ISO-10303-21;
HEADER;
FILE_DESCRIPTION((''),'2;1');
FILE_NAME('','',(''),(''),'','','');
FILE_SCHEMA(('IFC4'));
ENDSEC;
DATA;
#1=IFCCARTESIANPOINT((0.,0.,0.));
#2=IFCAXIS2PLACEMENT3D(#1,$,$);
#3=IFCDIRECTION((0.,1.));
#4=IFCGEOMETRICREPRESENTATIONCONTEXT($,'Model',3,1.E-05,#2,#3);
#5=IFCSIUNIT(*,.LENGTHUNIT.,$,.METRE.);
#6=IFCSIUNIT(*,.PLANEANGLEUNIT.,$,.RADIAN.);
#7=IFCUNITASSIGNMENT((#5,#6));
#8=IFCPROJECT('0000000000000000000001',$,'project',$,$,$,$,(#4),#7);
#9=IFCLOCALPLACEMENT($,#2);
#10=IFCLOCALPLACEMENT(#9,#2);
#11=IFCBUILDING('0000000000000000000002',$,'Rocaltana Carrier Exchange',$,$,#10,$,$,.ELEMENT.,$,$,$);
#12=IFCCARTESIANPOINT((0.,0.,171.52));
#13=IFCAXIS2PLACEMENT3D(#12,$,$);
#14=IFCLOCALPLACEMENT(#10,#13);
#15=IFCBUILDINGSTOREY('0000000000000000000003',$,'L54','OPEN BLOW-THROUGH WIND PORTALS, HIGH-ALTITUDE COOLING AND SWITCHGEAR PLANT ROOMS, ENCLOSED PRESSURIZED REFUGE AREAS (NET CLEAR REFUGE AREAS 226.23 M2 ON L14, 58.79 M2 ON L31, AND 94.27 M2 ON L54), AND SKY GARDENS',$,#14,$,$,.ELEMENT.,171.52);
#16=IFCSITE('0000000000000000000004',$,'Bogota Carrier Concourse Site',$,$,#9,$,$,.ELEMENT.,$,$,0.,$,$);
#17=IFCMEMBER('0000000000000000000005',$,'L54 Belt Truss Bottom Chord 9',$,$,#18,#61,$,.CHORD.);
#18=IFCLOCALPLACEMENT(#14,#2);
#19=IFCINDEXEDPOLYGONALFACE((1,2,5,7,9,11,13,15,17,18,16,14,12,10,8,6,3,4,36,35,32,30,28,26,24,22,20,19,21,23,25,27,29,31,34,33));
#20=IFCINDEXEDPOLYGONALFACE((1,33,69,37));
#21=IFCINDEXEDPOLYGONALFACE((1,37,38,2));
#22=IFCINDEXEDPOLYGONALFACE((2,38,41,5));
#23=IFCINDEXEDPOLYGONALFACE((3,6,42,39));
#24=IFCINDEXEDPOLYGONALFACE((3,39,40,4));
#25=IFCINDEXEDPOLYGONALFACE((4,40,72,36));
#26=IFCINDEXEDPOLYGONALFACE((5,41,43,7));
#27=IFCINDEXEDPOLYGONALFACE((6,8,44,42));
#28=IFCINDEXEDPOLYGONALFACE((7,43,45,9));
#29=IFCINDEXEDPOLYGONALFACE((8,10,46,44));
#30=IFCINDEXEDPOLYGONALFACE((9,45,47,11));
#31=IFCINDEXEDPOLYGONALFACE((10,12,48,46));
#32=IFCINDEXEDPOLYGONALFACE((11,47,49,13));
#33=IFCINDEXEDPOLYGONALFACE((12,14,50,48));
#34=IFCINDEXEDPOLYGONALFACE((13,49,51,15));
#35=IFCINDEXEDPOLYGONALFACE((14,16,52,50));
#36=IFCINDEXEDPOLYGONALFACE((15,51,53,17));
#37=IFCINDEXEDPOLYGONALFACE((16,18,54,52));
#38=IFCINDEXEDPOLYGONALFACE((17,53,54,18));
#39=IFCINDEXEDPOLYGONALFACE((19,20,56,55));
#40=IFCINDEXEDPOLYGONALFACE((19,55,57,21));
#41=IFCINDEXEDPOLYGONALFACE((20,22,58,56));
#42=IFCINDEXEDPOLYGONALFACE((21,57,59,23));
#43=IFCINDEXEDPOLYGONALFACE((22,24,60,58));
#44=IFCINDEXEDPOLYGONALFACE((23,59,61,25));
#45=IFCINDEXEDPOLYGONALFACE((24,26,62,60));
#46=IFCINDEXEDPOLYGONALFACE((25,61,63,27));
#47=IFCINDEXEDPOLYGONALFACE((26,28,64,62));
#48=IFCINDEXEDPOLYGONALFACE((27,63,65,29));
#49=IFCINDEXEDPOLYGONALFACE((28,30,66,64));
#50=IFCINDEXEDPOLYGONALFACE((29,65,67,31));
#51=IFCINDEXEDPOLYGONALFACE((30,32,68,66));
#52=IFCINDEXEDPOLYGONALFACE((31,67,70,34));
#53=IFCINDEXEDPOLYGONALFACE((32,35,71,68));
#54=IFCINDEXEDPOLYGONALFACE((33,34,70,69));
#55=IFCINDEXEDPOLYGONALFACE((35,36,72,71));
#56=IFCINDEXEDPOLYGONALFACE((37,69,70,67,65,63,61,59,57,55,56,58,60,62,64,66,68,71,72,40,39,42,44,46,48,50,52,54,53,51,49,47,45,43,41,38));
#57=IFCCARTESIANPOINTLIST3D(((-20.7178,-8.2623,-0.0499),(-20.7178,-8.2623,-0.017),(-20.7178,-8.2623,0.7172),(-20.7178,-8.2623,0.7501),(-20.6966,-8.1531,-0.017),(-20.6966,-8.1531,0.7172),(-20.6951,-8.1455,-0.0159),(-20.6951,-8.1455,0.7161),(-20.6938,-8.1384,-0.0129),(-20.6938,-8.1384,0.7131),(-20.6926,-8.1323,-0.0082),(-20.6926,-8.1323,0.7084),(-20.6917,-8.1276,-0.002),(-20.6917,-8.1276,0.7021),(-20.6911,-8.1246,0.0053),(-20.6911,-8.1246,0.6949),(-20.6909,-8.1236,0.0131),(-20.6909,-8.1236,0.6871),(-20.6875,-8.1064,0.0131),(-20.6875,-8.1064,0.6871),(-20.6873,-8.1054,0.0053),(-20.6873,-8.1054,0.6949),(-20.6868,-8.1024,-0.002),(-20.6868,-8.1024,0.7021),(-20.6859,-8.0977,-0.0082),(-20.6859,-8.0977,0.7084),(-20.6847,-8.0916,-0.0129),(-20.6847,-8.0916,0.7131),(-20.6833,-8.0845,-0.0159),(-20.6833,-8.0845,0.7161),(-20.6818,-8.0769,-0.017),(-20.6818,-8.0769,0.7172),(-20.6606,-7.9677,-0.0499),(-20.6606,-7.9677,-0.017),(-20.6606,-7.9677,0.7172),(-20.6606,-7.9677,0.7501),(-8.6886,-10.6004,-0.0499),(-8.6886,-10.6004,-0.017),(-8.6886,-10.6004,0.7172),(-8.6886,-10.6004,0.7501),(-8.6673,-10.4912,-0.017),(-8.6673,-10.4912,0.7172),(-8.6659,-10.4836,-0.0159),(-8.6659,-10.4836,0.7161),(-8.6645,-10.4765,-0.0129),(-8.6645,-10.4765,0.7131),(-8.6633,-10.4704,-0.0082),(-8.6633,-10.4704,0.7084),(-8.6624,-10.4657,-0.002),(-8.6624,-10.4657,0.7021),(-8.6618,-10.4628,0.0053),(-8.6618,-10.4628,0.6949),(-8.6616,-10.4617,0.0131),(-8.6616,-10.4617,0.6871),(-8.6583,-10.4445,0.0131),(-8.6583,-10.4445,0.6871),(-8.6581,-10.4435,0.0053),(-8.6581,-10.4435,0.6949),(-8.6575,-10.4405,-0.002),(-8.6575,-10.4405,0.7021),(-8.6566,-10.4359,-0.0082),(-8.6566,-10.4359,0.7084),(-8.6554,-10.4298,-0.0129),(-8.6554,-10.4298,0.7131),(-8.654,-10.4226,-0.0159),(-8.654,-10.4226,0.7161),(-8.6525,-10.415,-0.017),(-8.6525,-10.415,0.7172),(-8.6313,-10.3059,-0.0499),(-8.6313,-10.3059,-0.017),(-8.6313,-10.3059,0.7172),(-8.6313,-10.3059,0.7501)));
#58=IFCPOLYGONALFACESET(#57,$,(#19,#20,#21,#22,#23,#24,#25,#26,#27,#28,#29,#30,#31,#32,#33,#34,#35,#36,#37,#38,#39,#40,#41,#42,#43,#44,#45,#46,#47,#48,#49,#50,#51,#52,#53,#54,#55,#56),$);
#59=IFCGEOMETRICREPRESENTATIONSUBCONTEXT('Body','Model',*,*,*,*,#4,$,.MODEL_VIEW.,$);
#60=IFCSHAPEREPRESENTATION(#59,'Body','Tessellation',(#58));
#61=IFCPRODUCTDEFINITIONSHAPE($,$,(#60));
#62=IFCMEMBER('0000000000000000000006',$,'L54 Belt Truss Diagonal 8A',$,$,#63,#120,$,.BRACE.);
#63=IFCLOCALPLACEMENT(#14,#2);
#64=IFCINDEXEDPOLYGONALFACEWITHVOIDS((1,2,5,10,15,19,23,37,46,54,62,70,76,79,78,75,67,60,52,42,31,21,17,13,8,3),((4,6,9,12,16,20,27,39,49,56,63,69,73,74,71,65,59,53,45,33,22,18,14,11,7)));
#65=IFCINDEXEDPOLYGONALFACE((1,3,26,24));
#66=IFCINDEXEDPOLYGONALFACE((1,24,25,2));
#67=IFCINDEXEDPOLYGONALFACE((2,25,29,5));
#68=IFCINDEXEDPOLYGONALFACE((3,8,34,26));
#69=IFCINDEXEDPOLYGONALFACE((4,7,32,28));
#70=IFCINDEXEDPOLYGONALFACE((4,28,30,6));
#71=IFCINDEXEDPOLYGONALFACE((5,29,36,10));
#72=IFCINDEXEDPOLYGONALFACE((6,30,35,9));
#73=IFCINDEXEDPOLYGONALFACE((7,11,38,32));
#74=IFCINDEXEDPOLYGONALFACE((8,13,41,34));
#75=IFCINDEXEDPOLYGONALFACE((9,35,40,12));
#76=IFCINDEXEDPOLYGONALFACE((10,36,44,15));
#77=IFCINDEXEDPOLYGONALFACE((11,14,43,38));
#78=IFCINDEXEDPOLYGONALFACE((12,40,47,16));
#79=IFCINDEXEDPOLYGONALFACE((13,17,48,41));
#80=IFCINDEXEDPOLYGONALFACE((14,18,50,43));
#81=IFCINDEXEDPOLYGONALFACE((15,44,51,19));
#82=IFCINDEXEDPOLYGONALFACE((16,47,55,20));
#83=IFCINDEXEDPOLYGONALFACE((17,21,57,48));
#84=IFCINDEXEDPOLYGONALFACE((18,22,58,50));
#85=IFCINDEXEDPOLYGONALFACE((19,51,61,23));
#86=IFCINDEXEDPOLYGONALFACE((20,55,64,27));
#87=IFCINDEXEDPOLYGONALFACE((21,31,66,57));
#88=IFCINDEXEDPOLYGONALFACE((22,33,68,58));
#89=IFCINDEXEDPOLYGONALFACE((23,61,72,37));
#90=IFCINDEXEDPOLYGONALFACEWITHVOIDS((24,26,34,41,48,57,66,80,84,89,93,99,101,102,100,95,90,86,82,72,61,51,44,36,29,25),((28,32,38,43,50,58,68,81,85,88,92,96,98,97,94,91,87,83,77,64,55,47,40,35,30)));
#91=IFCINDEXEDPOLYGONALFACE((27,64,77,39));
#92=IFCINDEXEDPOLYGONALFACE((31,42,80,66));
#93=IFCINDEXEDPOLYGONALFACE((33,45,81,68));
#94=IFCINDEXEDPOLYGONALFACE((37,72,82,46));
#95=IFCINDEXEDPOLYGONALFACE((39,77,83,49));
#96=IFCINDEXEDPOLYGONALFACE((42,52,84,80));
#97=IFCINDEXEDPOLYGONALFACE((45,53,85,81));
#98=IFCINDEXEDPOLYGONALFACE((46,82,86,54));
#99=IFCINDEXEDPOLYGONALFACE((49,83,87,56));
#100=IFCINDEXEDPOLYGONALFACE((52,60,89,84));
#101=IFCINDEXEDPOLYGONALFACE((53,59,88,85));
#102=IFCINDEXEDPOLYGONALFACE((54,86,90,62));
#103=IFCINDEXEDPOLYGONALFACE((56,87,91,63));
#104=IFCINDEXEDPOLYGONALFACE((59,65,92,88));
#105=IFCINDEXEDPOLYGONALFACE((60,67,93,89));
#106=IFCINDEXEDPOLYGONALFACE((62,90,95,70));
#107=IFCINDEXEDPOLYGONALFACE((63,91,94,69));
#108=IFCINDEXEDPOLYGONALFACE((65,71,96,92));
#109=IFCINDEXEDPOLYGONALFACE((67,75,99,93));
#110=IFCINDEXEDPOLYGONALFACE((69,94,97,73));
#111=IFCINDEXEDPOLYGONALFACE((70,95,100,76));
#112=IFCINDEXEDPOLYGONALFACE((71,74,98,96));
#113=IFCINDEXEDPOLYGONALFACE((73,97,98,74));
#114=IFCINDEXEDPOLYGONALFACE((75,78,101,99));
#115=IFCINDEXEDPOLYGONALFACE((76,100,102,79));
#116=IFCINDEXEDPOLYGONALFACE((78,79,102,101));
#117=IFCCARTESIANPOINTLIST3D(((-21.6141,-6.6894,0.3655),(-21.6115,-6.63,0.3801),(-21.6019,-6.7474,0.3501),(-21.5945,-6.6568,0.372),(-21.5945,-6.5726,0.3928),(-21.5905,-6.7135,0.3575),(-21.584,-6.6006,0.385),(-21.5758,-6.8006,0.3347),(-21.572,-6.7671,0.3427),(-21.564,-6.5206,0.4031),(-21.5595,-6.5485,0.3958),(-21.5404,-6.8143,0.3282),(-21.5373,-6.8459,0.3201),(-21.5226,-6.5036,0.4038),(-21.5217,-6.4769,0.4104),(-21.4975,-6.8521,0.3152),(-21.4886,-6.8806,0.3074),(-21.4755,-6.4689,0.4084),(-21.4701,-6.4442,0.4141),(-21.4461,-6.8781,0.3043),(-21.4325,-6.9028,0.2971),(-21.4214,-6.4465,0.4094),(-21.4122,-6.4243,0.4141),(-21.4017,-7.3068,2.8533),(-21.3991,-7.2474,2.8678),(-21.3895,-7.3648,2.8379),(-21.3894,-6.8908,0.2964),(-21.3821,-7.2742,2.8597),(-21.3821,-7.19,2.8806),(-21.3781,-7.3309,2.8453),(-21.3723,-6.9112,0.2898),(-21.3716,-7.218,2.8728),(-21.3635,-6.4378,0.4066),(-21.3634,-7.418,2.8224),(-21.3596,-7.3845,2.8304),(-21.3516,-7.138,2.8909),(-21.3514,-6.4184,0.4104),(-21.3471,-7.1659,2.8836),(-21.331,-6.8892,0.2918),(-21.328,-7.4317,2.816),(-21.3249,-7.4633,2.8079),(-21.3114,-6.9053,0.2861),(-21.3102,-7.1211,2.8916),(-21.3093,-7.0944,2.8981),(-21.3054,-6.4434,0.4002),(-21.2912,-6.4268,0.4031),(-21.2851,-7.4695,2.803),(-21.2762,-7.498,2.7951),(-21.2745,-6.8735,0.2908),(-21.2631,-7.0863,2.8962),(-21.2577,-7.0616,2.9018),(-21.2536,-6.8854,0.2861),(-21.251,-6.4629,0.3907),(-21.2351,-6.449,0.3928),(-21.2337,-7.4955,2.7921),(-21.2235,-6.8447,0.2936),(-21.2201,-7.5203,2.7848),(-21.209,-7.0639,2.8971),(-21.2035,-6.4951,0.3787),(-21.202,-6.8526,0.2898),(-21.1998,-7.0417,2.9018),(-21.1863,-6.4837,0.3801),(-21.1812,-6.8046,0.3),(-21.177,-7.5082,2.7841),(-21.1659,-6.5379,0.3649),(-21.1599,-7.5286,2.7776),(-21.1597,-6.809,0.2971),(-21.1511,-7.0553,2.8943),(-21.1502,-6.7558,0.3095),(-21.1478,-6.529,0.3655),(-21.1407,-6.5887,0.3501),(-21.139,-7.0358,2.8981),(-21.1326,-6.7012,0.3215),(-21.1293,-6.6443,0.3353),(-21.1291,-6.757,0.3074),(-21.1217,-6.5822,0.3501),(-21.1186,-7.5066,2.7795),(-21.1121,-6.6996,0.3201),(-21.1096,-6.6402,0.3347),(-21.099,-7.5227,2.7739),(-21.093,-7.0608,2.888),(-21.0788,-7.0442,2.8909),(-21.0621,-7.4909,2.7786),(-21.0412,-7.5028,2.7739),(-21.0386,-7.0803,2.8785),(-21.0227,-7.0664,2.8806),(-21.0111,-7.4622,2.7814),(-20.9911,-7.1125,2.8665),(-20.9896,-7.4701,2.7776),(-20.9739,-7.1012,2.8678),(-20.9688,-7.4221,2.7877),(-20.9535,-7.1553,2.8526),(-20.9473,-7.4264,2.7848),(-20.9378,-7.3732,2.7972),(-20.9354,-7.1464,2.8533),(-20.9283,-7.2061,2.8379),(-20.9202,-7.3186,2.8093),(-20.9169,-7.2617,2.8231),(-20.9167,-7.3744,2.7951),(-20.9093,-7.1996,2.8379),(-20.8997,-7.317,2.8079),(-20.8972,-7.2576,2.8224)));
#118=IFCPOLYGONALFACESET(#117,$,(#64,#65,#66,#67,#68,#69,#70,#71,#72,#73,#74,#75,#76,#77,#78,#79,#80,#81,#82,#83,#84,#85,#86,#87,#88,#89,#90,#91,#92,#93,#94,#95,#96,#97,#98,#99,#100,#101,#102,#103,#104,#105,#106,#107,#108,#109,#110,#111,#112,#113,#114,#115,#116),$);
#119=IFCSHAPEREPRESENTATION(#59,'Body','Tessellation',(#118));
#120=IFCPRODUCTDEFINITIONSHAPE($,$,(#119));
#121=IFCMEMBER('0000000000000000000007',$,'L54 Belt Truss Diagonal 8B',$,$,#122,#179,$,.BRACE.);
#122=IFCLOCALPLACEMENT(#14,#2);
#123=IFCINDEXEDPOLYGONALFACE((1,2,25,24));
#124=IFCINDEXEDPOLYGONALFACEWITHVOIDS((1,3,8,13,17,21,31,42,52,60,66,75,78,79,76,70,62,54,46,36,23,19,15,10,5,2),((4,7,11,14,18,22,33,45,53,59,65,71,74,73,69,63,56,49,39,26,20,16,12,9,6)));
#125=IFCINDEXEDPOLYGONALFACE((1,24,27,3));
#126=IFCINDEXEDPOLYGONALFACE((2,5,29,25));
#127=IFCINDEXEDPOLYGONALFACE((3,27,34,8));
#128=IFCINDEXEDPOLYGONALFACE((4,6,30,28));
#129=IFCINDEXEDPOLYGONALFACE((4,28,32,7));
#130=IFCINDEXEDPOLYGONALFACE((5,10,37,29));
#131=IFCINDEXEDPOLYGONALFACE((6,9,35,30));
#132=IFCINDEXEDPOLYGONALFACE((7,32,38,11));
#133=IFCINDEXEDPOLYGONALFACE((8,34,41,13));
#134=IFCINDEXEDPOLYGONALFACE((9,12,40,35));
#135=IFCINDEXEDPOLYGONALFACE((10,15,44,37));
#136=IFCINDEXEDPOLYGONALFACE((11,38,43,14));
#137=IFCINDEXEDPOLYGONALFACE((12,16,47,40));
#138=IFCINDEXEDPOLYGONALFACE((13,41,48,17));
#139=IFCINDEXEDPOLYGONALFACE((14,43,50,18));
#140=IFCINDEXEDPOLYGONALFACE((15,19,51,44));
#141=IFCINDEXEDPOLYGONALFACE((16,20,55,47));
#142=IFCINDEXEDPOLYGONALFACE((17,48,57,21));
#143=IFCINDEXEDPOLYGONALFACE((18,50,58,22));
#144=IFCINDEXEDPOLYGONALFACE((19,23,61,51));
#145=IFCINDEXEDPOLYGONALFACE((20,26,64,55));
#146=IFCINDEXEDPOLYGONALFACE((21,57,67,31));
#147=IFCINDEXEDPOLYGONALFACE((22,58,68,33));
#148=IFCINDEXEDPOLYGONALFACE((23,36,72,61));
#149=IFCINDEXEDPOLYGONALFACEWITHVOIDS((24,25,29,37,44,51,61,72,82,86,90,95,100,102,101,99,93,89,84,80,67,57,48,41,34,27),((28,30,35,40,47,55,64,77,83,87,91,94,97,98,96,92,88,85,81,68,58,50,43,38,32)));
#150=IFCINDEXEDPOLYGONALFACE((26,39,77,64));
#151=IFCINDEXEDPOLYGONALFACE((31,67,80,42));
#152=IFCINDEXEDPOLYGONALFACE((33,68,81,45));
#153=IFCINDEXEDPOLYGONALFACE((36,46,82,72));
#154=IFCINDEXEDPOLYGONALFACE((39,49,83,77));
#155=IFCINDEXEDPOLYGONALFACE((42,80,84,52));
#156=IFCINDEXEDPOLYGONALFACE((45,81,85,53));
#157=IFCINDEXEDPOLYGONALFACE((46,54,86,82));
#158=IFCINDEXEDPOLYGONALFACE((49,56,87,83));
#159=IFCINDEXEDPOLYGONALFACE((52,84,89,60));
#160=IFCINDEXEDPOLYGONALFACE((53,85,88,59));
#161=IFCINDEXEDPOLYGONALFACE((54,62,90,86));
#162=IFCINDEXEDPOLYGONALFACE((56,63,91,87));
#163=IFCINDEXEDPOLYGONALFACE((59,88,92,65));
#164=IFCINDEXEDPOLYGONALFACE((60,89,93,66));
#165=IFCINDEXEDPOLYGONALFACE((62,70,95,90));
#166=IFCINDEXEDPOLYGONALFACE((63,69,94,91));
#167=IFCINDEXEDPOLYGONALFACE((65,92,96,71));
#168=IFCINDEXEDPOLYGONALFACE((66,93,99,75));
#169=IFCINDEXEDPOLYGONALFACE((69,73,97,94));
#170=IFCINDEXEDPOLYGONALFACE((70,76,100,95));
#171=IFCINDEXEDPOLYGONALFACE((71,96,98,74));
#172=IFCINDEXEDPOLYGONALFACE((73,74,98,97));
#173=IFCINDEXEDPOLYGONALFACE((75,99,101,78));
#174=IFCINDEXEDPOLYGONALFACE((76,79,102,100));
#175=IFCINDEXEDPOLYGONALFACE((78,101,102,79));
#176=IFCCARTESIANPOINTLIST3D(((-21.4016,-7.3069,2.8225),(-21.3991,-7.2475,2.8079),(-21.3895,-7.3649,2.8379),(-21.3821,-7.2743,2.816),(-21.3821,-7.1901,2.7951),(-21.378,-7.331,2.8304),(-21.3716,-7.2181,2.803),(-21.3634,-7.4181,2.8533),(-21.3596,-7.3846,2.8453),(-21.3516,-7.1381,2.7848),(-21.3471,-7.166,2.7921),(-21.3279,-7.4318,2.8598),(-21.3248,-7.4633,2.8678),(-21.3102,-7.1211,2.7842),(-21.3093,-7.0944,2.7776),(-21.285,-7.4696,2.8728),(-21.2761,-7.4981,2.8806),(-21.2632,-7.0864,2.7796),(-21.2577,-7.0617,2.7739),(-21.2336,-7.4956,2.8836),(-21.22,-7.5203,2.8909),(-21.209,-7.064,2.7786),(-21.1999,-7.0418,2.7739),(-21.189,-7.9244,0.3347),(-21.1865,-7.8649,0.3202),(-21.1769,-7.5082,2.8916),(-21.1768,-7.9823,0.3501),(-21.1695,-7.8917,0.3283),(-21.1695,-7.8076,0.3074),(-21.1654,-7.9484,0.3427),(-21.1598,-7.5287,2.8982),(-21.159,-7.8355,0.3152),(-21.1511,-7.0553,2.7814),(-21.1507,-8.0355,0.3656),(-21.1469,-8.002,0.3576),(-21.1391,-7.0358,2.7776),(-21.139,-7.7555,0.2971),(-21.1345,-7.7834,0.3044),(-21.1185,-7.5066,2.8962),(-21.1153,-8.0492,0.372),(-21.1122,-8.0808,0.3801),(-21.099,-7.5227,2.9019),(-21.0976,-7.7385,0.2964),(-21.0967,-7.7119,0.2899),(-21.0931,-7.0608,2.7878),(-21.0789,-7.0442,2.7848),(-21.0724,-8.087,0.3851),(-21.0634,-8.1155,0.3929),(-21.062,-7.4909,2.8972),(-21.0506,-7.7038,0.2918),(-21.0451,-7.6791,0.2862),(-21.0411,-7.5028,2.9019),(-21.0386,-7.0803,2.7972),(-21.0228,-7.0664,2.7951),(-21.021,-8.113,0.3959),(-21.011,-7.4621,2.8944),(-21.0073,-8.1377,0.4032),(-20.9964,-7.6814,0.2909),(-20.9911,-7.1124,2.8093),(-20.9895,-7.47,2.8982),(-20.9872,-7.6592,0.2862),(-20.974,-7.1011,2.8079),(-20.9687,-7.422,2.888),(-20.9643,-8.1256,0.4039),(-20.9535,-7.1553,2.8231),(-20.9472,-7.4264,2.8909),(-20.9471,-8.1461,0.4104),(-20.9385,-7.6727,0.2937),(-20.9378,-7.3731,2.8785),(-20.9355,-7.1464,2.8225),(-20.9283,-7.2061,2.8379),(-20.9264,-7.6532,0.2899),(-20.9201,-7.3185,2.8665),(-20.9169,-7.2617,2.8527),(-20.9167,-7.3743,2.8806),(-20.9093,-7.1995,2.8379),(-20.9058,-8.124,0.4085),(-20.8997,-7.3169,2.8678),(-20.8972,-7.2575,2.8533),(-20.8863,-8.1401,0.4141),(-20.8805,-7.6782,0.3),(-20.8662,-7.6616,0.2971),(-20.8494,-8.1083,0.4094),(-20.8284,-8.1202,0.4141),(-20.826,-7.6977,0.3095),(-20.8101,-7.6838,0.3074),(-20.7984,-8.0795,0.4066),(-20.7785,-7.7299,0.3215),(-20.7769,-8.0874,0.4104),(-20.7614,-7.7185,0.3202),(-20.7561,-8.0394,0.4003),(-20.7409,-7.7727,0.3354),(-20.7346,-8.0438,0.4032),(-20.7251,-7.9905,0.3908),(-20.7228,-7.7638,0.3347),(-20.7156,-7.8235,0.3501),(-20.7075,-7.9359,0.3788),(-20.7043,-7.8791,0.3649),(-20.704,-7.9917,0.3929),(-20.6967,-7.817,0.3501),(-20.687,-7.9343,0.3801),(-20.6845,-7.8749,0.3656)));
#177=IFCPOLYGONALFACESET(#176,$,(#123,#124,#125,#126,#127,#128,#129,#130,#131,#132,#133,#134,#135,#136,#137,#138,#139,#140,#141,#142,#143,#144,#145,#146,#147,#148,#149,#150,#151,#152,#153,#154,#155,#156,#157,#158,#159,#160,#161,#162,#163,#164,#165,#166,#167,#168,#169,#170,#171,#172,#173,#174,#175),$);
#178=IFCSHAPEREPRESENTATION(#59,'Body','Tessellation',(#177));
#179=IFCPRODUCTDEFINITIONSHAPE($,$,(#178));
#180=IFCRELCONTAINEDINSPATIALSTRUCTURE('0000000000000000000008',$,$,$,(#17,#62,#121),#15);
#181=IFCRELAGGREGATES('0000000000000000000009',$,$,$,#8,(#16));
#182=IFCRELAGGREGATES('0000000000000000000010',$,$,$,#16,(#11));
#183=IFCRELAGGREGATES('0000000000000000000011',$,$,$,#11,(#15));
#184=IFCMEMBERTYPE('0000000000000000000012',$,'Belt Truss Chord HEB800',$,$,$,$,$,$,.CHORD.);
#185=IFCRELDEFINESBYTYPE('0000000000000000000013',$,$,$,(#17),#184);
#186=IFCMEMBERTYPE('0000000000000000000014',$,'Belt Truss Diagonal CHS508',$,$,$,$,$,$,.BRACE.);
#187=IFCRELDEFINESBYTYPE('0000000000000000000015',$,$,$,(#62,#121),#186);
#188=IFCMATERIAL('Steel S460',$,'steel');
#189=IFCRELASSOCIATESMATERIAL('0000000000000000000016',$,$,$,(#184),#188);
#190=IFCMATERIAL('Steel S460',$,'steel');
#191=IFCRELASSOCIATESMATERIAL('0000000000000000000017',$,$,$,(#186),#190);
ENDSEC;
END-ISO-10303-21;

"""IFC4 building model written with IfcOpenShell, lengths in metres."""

from ifc_helpers import new_model, si_unit, direction, frame, origin, origin_2d, place, context, subcontext, project, spatial, hollow_circle, i_section, extrude, material, material_profile, profile_set, type_object, element, save


model = new_model("IFC4")

# Units and contexts
model_context = context("Model", 3, precision=1e-05, world=origin(), true_north=direction((0.0, 1.0)))
body_context = subcontext(model_context, "Body", "Model", "MODEL_VIEW")
ifc_project = project(units=[si_unit("LENGTHUNIT", "METRE"), si_unit("PLANEANGLEUNIT", "RADIAN")], contexts=[model_context])

# Site, building, storey
site_placement = place(None, origin())
site = spatial("IfcSite", under=ifc_project, at=site_placement, Name="Bogota Carrier Concourse Site", CompositionType="ELEMENT", RefElevation=0.0)
building_placement = place(site_placement, origin())
building = spatial("IfcBuilding", under=site, at=building_placement, Name="Rocaltana Carrier Exchange", CompositionType="ELEMENT")
storey_placement = place(building_placement, frame((0.0, 0.0, 171.52)))
storey = spatial("IfcBuildingStorey", under=building, at=storey_placement, Name="L54", Description="OPEN BLOW-THROUGH WIND PORTALS, HIGH-ALTITUDE COOLING AND SWITCHGEAR PLANT ROOMS, ENCLOSED PRESSURIZED REFUGE AREAS (NET CLEAR REFUGE AREAS 226.23 M2 ON L14, 58.79 M2 ON L31, AND 94.27 M2 ON L54), AND SKY GARDENS", CompositionType="ELEMENT", Elevation=171.52)

# Members
ifc_material_1 = material(Name="Steel S460", Category="steel")
ifc_material_profile_1 = material_profile(ifc_material_1, i_section(OverallWidth=0.3, OverallDepth=0.8, WebThickness=0.0176, FlangeThickness=0.033, FilletRadius=0.03, at=origin_2d()), Name="HEB800")
ifc_profile_set_1 = profile_set([ifc_material_profile_1], Name="Steel S460")
member_type_1 = type_object("IfcMemberType", Name="Belt Truss Chord HEB800", PredefinedType="CHORD", material=ifc_profile_set_1)
member_1_placement = place(storey_placement, frame((-20.6892, -8.115, 0.3501), z_axis=(0.981629, -0.190799, 0.0), x_axis=(0.190799, 0.981629, 0.0)))
element("IfcMember", 1, at=member_1_placement, inside=storey, type_object=member_type_1, Name="L54 Belt Truss Bottom Chord 9", PredefinedType="CHORD", context=body_context, shape_type="SweptSolid", body=[
    extrude(i_section(OverallWidth=0.3, OverallDepth=0.8, WebThickness=0.0176, FlangeThickness=0.033, FilletRadius=0.03, at=origin_2d()), origin(), (0.0, 0.0, 1.0), 12.2544),
])
ifc_material_2 = material(Name="Steel S460", Category="steel")
ifc_material_profile_2 = material_profile(ifc_material_2, hollow_circle(Radius=0.2539, WallThickness=0.02, at=origin_2d()), Name="CHS508X20")
ifc_profile_set_2 = profile_set([ifc_material_profile_2], Name="Steel S460")
member_type_2 = type_object("IfcMemberType", Name="Belt Truss Diagonal CHS508", PredefinedType="BRACE", material=ifc_profile_set_2)
for number, where, z_axis, x_axis, name in (
    (2, (-21.3618, -6.6648, 0.3501), (0.082581, -0.240054, 0.967241), (0.945611, 0.325299, 0.0), "L54 Belt Truss Diagonal 8A"),
    (3, (-21.1494, -7.2822, 2.8379), (0.082675, -0.240052, -0.967233), (0.945496, 0.325633, 0.0), "L54 Belt Truss Diagonal 8B"),
):
    element("IfcMember", number, at=place(storey_placement, frame(where, z_axis=z_axis, x_axis=x_axis)), inside=storey, type_object=member_type_2, Name=name, PredefinedType="BRACE", context=body_context, shape_type="SweptSolid", body=[
        extrude(hollow_circle(Radius=0.2539, WallThickness=0.02, at=origin_2d()), origin(), (0.0, 0.0, 1.0), 2.572),
    ])

save(model, "model.ifc")
